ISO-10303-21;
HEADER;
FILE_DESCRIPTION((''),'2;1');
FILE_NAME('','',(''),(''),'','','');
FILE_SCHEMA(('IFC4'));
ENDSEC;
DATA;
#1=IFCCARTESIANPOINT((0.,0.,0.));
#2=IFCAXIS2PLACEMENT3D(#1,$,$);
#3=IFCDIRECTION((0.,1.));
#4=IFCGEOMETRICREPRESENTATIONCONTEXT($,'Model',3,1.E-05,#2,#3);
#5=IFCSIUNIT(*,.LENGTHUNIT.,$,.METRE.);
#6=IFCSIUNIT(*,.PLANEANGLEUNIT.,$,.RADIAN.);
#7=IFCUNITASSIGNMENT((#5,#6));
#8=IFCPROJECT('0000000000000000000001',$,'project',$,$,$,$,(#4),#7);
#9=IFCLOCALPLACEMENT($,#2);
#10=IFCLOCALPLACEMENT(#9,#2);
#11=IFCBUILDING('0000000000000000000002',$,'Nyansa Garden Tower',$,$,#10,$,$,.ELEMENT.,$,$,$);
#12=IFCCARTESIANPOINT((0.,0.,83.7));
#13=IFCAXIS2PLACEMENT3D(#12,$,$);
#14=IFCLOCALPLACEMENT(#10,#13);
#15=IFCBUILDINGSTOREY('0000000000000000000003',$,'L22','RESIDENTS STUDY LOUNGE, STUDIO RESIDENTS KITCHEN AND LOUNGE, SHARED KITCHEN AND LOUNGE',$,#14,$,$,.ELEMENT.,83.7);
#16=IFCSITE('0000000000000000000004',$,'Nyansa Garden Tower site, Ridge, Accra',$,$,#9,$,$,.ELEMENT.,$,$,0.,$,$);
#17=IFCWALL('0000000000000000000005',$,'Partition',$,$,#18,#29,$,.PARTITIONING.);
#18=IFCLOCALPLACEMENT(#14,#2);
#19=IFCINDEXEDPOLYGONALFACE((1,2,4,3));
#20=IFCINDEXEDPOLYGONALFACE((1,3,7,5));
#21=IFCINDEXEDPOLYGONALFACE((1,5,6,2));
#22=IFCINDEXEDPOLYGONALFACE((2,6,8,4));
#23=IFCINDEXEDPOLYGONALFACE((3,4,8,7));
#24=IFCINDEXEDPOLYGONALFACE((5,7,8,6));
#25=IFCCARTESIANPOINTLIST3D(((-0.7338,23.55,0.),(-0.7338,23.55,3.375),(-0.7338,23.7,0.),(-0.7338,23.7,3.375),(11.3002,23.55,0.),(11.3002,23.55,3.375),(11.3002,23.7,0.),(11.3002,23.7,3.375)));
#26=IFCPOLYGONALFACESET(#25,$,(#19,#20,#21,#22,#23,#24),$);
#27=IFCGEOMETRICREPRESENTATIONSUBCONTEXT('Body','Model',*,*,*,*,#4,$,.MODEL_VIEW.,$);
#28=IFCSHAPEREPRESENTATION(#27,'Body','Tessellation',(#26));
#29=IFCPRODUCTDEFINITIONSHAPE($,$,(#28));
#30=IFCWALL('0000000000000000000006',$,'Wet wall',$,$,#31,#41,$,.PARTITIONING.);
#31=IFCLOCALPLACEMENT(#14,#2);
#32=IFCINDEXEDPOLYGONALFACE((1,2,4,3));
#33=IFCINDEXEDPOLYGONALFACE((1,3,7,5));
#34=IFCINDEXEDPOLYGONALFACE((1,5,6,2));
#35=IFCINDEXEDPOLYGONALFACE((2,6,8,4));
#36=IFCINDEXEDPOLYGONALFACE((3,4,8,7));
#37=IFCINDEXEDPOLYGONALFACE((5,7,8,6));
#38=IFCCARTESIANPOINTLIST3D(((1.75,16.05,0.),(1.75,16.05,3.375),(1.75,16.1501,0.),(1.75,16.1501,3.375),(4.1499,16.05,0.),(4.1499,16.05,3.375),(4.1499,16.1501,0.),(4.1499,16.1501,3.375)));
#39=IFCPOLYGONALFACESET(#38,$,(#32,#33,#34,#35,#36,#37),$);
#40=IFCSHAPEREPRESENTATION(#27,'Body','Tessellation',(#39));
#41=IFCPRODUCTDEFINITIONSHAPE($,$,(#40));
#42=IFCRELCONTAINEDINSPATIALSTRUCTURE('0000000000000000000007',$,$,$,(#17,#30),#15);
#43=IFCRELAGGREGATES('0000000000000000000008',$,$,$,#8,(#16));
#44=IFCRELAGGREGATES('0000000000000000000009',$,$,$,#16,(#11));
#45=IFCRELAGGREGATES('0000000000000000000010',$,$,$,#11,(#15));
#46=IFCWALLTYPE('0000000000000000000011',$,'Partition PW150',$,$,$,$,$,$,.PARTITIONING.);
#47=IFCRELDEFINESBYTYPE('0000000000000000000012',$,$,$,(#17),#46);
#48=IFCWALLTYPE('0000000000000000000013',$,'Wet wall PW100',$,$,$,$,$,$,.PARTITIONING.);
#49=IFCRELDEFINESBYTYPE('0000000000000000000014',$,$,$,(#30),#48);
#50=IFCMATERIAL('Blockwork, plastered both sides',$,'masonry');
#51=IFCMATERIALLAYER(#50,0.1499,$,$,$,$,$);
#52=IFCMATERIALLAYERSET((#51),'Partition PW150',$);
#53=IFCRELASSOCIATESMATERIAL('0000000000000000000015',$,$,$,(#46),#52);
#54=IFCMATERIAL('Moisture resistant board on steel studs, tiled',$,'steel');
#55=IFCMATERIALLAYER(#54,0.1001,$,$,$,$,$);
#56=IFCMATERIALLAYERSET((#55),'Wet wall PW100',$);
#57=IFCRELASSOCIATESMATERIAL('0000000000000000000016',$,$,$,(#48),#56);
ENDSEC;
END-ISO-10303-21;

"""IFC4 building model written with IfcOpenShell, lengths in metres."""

from ifc_helpers import new_model, si_unit, direction, frame, frame_2d, origin, place, context, subcontext, project, spatial, rectangle, extrude, material, layer, layer_set, type_object, element, save


model = new_model("IFC4")

# Units and contexts
model_context = context("Model", 3, precision=1e-05, world=origin(), true_north=direction((0.0, 1.0)))
body_context = subcontext(model_context, "Body", "Model", "MODEL_VIEW")
ifc_project = project(units=[si_unit("LENGTHUNIT", "METRE"), si_unit("PLANEANGLEUNIT", "RADIAN")], contexts=[model_context])

# Site, building, storey
site_placement = place(None, origin())
site = spatial("IfcSite", under=ifc_project, at=site_placement, Name="Nyansa Garden Tower site, Ridge, Accra", CompositionType="ELEMENT", RefElevation=0.0)
building_placement = place(site_placement, origin())
building = spatial("IfcBuilding", under=site, at=building_placement, Name="Nyansa Garden Tower", CompositionType="ELEMENT")
storey_placement = place(building_placement, frame((0.0, 0.0, 83.7)))
storey = spatial("IfcBuildingStorey", under=building, at=storey_placement, Name="L22", Description="RESIDENTS STUDY LOUNGE, STUDIO RESIDENTS KITCHEN AND LOUNGE, SHARED KITCHEN AND LOUNGE", CompositionType="ELEMENT", Elevation=83.7)

# Walls
ifc_material_1 = material(Name="Blockwork, plastered both sides", Category="masonry")
ifc_layer_1 = layer(ifc_material_1, 0.1499)
ifc_layer_set_1 = layer_set([ifc_layer_1], Name="Partition PW150")
wall_type_1 = type_object("IfcWallType", Name="Partition PW150", PredefinedType="PARTITIONING", material=ifc_layer_set_1)
wall_1_placement = place(storey_placement, frame((-0.7339, 23.625, 0.0), z_axis=(0.0, 0.0, 1.0), x_axis=(1.0, 0.0, 0.0)))
element("IfcWall", 1, at=wall_1_placement, inside=storey, type_object=wall_type_1, Name="Partition", PredefinedType="PARTITIONING", context=body_context, shape_type="SweptSolid", body=[
    extrude(rectangle(XDim=12.0339, YDim=0.1499, at=frame_2d((6.0171, 0.0))), origin(), (0.0, 0.0, 1.0), 3.375),
])
ifc_material_2 = material(Name="Moisture resistant board on steel studs, tiled", Category="steel")
ifc_layer_2 = layer(ifc_material_2, 0.1001)
ifc_layer_set_2 = layer_set([ifc_layer_2], Name="Wet wall PW100")
wall_type_2 = type_object("IfcWallType", Name="Wet wall PW100", PredefinedType="PARTITIONING", material=ifc_layer_set_2)
wall_2_placement = place(storey_placement, frame((1.75, 16.1001, 0.0), z_axis=(0.0, 0.0, 1.0), x_axis=(1.0, 0.0, 0.0)))
element("IfcWall", 2, at=wall_2_placement, inside=storey, type_object=wall_type_2, Name="Wet wall", PredefinedType="PARTITIONING", context=body_context, shape_type="SweptSolid", body=[
    extrude(rectangle(XDim=2.3999, YDim=0.1001, at=frame_2d((1.2, 0.0))), origin(), (0.0, 0.0, 1.0), 3.375),
])

save(model, "model.ifc")
